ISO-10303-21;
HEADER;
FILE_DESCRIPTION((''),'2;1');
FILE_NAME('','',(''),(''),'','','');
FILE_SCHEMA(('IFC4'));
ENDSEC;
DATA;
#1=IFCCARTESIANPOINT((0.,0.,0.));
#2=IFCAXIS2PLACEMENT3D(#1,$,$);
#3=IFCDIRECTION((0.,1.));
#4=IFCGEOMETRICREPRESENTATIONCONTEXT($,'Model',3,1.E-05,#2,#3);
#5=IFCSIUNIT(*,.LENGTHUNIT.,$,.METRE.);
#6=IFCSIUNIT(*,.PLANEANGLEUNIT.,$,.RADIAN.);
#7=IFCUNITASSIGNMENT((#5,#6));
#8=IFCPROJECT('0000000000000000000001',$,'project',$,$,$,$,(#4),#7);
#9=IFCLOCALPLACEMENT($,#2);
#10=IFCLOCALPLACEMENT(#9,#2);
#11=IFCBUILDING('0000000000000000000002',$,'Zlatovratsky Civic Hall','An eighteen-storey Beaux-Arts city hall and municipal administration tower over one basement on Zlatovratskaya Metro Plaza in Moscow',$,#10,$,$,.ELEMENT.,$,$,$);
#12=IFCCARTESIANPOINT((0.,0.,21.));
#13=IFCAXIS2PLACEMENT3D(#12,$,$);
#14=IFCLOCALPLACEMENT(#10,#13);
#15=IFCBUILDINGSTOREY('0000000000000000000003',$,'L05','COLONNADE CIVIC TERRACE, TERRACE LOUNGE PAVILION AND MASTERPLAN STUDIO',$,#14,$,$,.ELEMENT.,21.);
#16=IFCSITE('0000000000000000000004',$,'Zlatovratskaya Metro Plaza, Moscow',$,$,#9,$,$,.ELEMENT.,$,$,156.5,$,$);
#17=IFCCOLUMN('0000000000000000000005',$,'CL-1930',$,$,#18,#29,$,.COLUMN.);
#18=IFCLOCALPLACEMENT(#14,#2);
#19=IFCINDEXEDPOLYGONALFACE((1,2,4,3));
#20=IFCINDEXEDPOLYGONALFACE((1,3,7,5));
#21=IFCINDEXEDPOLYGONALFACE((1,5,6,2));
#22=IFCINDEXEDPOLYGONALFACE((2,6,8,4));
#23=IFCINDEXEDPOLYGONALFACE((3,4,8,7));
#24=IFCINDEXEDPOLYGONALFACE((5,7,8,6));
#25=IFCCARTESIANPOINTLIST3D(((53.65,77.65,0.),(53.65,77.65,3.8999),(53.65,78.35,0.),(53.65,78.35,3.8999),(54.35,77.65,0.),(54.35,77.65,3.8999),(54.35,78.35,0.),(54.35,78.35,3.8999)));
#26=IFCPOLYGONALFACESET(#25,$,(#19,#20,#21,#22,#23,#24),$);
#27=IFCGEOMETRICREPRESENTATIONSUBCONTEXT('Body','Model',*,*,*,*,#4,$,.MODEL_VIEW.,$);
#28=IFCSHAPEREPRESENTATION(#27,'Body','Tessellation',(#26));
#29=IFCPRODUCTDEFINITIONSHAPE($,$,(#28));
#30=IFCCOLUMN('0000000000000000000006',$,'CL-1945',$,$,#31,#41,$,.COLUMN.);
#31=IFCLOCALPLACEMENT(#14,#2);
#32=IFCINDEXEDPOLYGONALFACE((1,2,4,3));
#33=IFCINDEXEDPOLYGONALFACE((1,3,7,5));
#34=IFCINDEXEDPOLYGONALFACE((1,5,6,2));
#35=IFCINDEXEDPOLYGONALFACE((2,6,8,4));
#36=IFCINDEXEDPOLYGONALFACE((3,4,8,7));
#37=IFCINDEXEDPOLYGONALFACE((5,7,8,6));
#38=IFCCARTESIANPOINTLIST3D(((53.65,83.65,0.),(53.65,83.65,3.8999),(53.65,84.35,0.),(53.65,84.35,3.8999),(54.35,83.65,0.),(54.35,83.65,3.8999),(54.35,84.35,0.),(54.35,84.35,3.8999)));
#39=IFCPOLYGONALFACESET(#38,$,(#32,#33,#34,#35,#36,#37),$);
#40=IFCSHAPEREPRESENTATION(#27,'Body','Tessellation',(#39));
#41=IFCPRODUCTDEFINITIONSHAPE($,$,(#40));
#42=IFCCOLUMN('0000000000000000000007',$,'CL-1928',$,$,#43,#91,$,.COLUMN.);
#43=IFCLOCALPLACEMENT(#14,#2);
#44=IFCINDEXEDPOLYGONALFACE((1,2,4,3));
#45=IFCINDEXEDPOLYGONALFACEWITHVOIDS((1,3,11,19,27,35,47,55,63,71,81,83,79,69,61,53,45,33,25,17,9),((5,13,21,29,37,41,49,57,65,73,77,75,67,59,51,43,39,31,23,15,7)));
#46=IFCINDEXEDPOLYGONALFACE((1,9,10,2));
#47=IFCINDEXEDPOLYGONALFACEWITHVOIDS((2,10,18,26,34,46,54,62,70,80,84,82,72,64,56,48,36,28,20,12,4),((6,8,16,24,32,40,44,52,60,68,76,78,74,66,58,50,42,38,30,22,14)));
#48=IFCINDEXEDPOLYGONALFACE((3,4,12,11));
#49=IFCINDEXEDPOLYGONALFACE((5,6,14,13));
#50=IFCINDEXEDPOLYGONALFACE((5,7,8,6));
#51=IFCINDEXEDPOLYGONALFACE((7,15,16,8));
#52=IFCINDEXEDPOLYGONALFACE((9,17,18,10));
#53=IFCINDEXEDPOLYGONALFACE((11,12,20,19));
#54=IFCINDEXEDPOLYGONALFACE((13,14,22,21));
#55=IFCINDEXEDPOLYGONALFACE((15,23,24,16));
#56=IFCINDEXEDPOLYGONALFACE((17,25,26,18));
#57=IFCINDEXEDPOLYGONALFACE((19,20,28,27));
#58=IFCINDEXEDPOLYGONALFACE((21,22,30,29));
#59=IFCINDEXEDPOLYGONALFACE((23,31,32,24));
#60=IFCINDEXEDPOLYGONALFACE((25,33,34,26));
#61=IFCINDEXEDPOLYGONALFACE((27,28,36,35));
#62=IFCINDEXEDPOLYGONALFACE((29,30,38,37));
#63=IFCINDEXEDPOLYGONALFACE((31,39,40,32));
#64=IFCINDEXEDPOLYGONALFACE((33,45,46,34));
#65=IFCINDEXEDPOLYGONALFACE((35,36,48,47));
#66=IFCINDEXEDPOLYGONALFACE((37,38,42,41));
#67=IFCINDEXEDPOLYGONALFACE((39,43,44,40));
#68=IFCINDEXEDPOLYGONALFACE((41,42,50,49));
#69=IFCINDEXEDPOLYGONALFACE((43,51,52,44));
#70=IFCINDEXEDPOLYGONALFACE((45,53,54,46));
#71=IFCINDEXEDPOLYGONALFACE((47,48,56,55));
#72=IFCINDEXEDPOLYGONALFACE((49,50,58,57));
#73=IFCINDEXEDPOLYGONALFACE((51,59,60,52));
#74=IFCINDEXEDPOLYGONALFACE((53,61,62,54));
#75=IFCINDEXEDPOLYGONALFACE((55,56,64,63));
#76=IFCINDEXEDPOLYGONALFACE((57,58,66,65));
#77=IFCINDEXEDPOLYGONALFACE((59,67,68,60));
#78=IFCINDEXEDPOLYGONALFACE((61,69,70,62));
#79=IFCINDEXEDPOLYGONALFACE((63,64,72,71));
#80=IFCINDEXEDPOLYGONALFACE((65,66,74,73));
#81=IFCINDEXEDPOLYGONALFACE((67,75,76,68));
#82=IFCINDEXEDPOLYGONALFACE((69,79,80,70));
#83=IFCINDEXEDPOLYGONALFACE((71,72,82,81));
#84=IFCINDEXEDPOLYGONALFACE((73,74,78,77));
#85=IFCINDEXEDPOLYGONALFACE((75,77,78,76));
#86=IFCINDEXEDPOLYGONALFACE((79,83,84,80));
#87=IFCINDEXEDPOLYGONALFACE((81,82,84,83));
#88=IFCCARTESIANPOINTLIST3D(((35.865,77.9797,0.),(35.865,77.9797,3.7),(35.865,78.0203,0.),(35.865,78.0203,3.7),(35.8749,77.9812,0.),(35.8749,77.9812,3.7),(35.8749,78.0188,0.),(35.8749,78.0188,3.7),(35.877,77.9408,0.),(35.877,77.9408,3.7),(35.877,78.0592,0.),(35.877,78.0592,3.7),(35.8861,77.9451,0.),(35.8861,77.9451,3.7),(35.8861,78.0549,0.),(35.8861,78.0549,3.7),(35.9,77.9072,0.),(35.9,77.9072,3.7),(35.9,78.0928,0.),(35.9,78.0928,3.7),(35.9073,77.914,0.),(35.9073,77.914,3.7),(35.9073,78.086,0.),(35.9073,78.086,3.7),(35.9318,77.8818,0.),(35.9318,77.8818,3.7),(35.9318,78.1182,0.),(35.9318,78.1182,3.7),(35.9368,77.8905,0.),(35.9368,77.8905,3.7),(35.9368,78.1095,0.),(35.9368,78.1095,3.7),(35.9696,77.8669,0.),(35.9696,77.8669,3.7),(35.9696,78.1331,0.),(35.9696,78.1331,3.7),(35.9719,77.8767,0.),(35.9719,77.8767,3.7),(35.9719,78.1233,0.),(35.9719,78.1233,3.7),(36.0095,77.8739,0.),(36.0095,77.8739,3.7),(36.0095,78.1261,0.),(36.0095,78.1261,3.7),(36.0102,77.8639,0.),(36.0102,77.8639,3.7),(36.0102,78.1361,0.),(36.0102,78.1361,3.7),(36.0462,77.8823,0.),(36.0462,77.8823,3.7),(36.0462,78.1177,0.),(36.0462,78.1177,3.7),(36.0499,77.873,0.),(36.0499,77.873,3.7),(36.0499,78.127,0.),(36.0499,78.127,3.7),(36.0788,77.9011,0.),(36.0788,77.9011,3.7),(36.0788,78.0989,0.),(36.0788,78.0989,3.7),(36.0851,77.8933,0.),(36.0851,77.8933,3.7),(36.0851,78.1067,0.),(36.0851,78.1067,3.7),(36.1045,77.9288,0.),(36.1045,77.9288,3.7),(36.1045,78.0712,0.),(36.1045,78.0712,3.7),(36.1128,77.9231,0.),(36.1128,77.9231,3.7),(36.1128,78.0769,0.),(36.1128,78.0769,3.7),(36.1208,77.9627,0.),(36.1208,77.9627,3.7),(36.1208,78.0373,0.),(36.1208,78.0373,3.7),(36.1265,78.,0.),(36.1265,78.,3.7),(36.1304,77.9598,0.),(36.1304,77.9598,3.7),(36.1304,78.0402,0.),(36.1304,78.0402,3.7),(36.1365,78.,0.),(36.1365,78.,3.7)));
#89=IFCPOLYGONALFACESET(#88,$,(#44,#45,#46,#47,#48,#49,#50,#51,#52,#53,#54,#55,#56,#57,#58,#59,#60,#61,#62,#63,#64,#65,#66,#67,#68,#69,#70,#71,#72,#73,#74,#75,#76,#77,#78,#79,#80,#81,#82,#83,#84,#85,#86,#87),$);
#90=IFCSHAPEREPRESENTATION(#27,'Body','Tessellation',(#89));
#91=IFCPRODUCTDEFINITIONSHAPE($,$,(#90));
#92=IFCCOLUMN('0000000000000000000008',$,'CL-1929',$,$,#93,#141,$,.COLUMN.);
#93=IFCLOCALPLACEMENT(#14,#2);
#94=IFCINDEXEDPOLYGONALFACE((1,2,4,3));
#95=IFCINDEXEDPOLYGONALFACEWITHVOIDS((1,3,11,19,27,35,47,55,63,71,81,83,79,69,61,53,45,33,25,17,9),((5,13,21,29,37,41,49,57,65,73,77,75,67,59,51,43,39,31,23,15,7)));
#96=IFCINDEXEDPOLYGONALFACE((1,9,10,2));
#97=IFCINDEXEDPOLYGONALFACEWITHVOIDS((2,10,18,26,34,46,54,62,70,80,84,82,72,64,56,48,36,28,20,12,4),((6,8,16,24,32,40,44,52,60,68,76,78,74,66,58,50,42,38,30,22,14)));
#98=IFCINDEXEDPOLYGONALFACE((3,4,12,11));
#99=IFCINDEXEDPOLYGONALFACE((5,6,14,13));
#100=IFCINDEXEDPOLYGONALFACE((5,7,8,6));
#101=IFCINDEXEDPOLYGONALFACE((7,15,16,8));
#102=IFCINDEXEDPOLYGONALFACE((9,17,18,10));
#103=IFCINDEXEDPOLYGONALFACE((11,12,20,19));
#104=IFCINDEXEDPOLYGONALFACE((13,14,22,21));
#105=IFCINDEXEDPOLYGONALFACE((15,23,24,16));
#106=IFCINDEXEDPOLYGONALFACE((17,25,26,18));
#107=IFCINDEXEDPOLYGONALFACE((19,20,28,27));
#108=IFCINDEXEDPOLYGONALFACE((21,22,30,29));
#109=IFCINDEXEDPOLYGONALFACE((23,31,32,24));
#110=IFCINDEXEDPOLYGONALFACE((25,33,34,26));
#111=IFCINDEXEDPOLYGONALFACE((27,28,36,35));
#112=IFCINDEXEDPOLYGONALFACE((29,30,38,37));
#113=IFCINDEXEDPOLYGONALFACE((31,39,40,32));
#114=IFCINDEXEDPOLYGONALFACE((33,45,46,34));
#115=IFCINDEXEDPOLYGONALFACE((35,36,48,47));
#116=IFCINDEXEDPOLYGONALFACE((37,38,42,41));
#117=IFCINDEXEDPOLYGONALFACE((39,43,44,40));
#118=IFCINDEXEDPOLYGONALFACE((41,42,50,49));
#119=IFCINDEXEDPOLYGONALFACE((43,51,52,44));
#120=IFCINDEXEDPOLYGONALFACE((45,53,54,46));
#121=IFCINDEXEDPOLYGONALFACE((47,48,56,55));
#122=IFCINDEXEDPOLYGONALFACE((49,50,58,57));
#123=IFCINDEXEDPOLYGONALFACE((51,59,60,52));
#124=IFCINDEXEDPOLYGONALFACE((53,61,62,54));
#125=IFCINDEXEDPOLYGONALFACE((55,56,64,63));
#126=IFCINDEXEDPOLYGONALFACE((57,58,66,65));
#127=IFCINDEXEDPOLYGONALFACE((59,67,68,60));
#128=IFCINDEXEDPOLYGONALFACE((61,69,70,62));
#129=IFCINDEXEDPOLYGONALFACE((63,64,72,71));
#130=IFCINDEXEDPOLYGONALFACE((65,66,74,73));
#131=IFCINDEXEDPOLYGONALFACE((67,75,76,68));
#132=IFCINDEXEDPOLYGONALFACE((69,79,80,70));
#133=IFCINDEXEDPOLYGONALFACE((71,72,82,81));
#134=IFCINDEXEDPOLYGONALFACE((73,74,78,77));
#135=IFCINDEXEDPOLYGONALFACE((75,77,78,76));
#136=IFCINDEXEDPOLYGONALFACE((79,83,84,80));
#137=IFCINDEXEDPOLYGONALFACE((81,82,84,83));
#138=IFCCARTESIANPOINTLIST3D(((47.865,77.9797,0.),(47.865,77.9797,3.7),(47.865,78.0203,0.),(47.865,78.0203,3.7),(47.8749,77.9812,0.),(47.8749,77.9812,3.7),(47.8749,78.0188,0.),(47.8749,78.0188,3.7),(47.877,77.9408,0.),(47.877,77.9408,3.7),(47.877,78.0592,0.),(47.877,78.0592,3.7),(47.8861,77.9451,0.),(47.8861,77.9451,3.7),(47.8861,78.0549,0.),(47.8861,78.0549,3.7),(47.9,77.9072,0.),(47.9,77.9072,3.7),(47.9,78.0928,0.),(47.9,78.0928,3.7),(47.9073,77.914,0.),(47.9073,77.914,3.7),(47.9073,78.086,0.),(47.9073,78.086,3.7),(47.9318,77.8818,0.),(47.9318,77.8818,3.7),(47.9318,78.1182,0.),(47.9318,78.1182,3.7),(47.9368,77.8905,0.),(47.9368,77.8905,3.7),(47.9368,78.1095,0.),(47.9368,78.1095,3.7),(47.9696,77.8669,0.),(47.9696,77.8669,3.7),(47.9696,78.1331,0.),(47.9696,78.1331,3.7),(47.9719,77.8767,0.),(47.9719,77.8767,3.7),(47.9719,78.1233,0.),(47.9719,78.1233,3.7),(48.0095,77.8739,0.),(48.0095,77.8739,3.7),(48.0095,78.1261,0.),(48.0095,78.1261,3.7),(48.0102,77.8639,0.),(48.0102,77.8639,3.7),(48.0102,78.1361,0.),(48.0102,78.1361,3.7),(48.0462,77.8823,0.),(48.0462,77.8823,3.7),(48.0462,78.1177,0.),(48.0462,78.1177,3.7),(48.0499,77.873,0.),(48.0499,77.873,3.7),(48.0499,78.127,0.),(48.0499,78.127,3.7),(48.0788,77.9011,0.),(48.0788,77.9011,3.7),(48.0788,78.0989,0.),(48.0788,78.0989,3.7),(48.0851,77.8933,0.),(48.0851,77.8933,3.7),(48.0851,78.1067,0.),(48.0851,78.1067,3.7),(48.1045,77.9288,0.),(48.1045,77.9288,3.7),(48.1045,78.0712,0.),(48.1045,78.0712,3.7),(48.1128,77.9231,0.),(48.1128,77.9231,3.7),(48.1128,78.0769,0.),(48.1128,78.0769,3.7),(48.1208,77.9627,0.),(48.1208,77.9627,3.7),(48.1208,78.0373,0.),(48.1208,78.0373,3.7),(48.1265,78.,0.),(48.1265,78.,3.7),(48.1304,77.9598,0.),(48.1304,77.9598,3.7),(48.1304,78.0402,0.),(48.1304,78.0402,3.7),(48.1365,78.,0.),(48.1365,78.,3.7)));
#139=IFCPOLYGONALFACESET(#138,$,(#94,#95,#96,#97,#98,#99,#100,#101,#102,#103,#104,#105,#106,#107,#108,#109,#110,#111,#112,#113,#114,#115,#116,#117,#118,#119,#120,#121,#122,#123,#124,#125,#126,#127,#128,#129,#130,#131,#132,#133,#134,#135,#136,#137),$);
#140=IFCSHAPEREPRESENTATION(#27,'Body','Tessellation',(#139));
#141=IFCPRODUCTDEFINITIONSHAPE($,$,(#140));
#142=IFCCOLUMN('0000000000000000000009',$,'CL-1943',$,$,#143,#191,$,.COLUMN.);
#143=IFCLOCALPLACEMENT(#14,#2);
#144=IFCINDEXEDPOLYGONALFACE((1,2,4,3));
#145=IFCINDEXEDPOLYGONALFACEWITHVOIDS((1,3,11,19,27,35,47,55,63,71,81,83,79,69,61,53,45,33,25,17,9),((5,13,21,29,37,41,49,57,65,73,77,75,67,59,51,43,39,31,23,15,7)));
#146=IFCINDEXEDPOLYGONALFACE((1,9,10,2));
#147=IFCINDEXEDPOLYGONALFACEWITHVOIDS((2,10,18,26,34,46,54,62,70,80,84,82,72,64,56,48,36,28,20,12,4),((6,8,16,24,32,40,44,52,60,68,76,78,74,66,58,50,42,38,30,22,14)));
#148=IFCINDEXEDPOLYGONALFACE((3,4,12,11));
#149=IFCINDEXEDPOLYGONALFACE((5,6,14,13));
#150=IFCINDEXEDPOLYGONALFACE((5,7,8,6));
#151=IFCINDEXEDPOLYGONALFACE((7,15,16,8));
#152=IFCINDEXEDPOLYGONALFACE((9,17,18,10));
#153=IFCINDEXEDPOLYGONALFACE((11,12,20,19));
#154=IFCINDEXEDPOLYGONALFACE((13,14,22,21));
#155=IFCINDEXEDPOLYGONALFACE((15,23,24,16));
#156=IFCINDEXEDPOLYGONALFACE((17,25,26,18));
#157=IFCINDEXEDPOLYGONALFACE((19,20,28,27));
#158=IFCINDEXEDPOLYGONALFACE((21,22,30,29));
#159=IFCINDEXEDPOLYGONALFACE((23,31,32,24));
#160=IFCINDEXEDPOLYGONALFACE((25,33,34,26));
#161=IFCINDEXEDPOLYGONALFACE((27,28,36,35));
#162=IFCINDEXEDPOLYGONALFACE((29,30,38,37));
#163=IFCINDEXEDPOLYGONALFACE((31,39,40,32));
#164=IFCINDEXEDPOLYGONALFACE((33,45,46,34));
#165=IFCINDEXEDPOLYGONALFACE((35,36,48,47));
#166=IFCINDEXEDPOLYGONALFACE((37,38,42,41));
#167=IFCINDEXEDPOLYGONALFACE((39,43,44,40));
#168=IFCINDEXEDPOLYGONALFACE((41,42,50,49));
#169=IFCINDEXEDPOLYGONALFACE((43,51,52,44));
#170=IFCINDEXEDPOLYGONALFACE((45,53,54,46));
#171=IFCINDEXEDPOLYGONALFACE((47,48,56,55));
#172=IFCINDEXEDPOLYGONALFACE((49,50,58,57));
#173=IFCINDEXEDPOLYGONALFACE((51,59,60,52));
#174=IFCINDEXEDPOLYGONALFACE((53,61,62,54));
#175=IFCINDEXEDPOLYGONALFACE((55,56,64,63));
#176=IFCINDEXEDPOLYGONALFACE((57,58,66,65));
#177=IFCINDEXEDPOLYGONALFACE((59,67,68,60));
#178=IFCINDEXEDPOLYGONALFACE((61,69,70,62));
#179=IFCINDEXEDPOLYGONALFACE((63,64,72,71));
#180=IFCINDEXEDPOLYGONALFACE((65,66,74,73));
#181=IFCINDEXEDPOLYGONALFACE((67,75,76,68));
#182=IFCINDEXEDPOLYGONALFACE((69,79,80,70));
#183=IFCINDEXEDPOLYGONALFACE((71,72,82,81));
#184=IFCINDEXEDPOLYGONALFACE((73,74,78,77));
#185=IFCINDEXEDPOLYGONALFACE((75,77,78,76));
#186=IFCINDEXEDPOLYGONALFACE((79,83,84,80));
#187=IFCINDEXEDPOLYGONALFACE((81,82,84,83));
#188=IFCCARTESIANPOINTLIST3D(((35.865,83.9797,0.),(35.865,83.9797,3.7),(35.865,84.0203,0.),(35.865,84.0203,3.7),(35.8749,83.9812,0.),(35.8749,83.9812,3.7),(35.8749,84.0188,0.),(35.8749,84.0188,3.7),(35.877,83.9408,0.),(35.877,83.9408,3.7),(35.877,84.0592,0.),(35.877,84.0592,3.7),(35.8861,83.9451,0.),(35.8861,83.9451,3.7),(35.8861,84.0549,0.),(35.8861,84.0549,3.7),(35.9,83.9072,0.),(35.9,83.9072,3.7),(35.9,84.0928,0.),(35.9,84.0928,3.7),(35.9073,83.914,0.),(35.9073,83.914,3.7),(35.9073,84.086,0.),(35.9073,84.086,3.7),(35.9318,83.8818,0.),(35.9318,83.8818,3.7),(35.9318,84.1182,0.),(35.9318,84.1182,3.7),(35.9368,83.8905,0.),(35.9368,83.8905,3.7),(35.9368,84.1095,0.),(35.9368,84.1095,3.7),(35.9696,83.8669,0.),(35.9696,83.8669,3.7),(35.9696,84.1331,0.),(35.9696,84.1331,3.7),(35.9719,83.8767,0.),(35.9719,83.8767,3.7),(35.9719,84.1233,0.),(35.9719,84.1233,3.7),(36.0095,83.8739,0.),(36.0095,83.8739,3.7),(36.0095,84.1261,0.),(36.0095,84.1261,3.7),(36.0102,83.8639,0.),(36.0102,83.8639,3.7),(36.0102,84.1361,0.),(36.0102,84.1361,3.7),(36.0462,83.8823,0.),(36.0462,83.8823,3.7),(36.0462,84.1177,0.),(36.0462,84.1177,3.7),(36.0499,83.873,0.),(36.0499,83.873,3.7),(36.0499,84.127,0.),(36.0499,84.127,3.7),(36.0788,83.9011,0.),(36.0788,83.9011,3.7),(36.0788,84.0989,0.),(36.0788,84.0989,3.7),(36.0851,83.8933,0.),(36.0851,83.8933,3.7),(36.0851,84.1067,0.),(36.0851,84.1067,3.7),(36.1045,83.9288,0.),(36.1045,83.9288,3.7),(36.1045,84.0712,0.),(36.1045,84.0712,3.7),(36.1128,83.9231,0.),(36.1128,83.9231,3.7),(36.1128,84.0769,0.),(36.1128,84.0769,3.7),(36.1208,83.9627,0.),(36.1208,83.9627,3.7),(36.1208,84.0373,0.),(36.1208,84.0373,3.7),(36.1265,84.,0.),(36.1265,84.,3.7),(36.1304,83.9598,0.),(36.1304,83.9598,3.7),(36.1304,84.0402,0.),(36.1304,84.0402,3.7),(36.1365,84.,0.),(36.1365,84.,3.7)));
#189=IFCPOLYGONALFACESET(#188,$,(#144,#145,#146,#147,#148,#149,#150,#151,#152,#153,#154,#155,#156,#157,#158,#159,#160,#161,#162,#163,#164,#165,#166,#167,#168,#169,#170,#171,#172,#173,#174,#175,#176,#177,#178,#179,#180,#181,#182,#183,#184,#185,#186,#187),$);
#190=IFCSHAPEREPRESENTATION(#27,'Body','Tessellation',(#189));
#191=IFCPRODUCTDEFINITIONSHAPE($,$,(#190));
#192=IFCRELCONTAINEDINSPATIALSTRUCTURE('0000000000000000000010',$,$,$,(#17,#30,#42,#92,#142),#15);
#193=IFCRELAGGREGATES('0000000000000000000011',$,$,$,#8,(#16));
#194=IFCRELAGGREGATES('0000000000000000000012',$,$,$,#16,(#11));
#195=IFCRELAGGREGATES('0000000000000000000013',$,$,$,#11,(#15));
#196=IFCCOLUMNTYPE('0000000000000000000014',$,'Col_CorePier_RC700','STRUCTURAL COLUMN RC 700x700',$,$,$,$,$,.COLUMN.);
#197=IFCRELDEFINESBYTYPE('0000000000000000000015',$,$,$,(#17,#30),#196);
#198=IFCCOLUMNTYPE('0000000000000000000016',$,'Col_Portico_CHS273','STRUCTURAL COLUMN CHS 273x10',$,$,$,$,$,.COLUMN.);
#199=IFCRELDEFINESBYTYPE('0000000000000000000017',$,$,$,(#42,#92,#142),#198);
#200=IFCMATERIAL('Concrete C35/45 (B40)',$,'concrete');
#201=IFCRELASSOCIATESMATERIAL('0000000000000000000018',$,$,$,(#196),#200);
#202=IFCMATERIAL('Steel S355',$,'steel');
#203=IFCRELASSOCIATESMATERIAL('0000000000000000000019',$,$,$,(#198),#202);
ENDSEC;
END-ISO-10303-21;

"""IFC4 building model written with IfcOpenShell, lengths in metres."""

from ifc_helpers import new_model, si_unit, direction, frame, origin, origin_2d, place, context, subcontext, project, spatial, rectangle, hollow_circle, extrude, material, material_profile, profile_set, type_object, element, save


model = new_model("IFC4")

# Units and contexts
model_context = context("Model", 3, precision=1e-05, world=origin(), true_north=direction((0.0, 1.0)))
body_context = subcontext(model_context, "Body", "Model", "MODEL_VIEW")
ifc_project = project(units=[si_unit("LENGTHUNIT", "METRE"), si_unit("PLANEANGLEUNIT", "RADIAN")], contexts=[model_context])

# Site, building, storey
site_placement = place(None, origin())
site = spatial("IfcSite", under=ifc_project, at=site_placement, Name="Zlatovratskaya Metro Plaza, Moscow", CompositionType="ELEMENT", RefElevation=156.5)
building_placement = place(site_placement, origin())
building = spatial("IfcBuilding", under=site, at=building_placement, Name="Zlatovratsky Civic Hall", Description="An eighteen-storey Beaux-Arts city hall and municipal administration tower over one basement on Zlatovratskaya Metro Plaza in Moscow", CompositionType="ELEMENT")
storey_placement = place(building_placement, frame((0.0, 0.0, 21.0)))
storey = spatial("IfcBuildingStorey", under=building, at=storey_placement, Name="L05", Description="COLONNADE CIVIC TERRACE, TERRACE LOUNGE PAVILION AND MASTERPLAN STUDIO", CompositionType="ELEMENT", Elevation=21.0)

# Columns
ifc_material_1 = material(Name="Concrete C35/45 (B40)", Category="concrete")
ifc_material_profile_1 = material_profile(ifc_material_1, rectangle(XDim=0.7, YDim=0.7, at=origin_2d()), Name="RC 700x700")
ifc_profile_set_1 = profile_set([ifc_material_profile_1], Name="Concrete C35/45 (B40)")
column_type_1 = type_object("IfcColumnType", Name="Col_CorePier_RC700", Description="STRUCTURAL COLUMN RC 700x700", PredefinedType="COLUMN", material=ifc_profile_set_1)
for number, where, z_axis, x_axis, name in (
    (1, (54.0, 78.0, 0.0), (0.0, 0.0, 1.0), (1.0, 0.0, 0.0), "CL-1930"),
    (2, (54.0, 84.0, 0.0), (0.0, 0.0, 1.0), (1.0, 0.0, 0.0), "CL-1945"),
):
    element("IfcColumn", number, at=place(storey_placement, frame(where, z_axis=z_axis, x_axis=x_axis)), inside=storey, type_object=column_type_1, Name=name, PredefinedType="COLUMN", context=body_context, shape_type="SweptSolid", body=[
        extrude(rectangle(XDim=0.7, YDim=0.7, at=origin_2d()), origin(), (0.0, 0.0, 1.0), 3.8999),
    ])
ifc_material_2 = material(Name="Steel S355", Category="steel")
ifc_material_profile_2 = material_profile(ifc_material_2, hollow_circle(Radius=0.1365, WallThickness=0.01, at=origin_2d()), Name="CHS 273x10")
ifc_profile_set_2 = profile_set([ifc_material_profile_2], Name="Steel S355")
column_type_2 = type_object("IfcColumnType", Name="Col_Portico_CHS273", Description="STRUCTURAL COLUMN CHS 273x10", PredefinedType="COLUMN", material=ifc_profile_set_2)
for number, where, z_axis, x_axis, name in (
    (3, (36.0, 78.0, 0.0), (0.0, 0.0, 1.0), (1.0, 0.0, 0.0), "CL-1928"),
    (4, (48.0, 78.0, 0.0), (0.0, 0.0, 1.0), (1.0, 0.0, 0.0), "CL-1929"),
    (5, (36.0, 84.0, 0.0), (0.0, 0.0, 1.0), (1.0, 0.0, 0.0), "CL-1943"),
):
    element("IfcColumn", number, at=place(storey_placement, frame(where, z_axis=z_axis, x_axis=x_axis)), inside=storey, type_object=column_type_2, Name=name, PredefinedType="COLUMN", context=body_context, shape_type="SweptSolid", body=[
        extrude(hollow_circle(Radius=0.1365, WallThickness=0.01, at=origin_2d()), origin(), (0.0, 0.0, 1.0), 3.7),
    ])

save(model, "model.ifc")
